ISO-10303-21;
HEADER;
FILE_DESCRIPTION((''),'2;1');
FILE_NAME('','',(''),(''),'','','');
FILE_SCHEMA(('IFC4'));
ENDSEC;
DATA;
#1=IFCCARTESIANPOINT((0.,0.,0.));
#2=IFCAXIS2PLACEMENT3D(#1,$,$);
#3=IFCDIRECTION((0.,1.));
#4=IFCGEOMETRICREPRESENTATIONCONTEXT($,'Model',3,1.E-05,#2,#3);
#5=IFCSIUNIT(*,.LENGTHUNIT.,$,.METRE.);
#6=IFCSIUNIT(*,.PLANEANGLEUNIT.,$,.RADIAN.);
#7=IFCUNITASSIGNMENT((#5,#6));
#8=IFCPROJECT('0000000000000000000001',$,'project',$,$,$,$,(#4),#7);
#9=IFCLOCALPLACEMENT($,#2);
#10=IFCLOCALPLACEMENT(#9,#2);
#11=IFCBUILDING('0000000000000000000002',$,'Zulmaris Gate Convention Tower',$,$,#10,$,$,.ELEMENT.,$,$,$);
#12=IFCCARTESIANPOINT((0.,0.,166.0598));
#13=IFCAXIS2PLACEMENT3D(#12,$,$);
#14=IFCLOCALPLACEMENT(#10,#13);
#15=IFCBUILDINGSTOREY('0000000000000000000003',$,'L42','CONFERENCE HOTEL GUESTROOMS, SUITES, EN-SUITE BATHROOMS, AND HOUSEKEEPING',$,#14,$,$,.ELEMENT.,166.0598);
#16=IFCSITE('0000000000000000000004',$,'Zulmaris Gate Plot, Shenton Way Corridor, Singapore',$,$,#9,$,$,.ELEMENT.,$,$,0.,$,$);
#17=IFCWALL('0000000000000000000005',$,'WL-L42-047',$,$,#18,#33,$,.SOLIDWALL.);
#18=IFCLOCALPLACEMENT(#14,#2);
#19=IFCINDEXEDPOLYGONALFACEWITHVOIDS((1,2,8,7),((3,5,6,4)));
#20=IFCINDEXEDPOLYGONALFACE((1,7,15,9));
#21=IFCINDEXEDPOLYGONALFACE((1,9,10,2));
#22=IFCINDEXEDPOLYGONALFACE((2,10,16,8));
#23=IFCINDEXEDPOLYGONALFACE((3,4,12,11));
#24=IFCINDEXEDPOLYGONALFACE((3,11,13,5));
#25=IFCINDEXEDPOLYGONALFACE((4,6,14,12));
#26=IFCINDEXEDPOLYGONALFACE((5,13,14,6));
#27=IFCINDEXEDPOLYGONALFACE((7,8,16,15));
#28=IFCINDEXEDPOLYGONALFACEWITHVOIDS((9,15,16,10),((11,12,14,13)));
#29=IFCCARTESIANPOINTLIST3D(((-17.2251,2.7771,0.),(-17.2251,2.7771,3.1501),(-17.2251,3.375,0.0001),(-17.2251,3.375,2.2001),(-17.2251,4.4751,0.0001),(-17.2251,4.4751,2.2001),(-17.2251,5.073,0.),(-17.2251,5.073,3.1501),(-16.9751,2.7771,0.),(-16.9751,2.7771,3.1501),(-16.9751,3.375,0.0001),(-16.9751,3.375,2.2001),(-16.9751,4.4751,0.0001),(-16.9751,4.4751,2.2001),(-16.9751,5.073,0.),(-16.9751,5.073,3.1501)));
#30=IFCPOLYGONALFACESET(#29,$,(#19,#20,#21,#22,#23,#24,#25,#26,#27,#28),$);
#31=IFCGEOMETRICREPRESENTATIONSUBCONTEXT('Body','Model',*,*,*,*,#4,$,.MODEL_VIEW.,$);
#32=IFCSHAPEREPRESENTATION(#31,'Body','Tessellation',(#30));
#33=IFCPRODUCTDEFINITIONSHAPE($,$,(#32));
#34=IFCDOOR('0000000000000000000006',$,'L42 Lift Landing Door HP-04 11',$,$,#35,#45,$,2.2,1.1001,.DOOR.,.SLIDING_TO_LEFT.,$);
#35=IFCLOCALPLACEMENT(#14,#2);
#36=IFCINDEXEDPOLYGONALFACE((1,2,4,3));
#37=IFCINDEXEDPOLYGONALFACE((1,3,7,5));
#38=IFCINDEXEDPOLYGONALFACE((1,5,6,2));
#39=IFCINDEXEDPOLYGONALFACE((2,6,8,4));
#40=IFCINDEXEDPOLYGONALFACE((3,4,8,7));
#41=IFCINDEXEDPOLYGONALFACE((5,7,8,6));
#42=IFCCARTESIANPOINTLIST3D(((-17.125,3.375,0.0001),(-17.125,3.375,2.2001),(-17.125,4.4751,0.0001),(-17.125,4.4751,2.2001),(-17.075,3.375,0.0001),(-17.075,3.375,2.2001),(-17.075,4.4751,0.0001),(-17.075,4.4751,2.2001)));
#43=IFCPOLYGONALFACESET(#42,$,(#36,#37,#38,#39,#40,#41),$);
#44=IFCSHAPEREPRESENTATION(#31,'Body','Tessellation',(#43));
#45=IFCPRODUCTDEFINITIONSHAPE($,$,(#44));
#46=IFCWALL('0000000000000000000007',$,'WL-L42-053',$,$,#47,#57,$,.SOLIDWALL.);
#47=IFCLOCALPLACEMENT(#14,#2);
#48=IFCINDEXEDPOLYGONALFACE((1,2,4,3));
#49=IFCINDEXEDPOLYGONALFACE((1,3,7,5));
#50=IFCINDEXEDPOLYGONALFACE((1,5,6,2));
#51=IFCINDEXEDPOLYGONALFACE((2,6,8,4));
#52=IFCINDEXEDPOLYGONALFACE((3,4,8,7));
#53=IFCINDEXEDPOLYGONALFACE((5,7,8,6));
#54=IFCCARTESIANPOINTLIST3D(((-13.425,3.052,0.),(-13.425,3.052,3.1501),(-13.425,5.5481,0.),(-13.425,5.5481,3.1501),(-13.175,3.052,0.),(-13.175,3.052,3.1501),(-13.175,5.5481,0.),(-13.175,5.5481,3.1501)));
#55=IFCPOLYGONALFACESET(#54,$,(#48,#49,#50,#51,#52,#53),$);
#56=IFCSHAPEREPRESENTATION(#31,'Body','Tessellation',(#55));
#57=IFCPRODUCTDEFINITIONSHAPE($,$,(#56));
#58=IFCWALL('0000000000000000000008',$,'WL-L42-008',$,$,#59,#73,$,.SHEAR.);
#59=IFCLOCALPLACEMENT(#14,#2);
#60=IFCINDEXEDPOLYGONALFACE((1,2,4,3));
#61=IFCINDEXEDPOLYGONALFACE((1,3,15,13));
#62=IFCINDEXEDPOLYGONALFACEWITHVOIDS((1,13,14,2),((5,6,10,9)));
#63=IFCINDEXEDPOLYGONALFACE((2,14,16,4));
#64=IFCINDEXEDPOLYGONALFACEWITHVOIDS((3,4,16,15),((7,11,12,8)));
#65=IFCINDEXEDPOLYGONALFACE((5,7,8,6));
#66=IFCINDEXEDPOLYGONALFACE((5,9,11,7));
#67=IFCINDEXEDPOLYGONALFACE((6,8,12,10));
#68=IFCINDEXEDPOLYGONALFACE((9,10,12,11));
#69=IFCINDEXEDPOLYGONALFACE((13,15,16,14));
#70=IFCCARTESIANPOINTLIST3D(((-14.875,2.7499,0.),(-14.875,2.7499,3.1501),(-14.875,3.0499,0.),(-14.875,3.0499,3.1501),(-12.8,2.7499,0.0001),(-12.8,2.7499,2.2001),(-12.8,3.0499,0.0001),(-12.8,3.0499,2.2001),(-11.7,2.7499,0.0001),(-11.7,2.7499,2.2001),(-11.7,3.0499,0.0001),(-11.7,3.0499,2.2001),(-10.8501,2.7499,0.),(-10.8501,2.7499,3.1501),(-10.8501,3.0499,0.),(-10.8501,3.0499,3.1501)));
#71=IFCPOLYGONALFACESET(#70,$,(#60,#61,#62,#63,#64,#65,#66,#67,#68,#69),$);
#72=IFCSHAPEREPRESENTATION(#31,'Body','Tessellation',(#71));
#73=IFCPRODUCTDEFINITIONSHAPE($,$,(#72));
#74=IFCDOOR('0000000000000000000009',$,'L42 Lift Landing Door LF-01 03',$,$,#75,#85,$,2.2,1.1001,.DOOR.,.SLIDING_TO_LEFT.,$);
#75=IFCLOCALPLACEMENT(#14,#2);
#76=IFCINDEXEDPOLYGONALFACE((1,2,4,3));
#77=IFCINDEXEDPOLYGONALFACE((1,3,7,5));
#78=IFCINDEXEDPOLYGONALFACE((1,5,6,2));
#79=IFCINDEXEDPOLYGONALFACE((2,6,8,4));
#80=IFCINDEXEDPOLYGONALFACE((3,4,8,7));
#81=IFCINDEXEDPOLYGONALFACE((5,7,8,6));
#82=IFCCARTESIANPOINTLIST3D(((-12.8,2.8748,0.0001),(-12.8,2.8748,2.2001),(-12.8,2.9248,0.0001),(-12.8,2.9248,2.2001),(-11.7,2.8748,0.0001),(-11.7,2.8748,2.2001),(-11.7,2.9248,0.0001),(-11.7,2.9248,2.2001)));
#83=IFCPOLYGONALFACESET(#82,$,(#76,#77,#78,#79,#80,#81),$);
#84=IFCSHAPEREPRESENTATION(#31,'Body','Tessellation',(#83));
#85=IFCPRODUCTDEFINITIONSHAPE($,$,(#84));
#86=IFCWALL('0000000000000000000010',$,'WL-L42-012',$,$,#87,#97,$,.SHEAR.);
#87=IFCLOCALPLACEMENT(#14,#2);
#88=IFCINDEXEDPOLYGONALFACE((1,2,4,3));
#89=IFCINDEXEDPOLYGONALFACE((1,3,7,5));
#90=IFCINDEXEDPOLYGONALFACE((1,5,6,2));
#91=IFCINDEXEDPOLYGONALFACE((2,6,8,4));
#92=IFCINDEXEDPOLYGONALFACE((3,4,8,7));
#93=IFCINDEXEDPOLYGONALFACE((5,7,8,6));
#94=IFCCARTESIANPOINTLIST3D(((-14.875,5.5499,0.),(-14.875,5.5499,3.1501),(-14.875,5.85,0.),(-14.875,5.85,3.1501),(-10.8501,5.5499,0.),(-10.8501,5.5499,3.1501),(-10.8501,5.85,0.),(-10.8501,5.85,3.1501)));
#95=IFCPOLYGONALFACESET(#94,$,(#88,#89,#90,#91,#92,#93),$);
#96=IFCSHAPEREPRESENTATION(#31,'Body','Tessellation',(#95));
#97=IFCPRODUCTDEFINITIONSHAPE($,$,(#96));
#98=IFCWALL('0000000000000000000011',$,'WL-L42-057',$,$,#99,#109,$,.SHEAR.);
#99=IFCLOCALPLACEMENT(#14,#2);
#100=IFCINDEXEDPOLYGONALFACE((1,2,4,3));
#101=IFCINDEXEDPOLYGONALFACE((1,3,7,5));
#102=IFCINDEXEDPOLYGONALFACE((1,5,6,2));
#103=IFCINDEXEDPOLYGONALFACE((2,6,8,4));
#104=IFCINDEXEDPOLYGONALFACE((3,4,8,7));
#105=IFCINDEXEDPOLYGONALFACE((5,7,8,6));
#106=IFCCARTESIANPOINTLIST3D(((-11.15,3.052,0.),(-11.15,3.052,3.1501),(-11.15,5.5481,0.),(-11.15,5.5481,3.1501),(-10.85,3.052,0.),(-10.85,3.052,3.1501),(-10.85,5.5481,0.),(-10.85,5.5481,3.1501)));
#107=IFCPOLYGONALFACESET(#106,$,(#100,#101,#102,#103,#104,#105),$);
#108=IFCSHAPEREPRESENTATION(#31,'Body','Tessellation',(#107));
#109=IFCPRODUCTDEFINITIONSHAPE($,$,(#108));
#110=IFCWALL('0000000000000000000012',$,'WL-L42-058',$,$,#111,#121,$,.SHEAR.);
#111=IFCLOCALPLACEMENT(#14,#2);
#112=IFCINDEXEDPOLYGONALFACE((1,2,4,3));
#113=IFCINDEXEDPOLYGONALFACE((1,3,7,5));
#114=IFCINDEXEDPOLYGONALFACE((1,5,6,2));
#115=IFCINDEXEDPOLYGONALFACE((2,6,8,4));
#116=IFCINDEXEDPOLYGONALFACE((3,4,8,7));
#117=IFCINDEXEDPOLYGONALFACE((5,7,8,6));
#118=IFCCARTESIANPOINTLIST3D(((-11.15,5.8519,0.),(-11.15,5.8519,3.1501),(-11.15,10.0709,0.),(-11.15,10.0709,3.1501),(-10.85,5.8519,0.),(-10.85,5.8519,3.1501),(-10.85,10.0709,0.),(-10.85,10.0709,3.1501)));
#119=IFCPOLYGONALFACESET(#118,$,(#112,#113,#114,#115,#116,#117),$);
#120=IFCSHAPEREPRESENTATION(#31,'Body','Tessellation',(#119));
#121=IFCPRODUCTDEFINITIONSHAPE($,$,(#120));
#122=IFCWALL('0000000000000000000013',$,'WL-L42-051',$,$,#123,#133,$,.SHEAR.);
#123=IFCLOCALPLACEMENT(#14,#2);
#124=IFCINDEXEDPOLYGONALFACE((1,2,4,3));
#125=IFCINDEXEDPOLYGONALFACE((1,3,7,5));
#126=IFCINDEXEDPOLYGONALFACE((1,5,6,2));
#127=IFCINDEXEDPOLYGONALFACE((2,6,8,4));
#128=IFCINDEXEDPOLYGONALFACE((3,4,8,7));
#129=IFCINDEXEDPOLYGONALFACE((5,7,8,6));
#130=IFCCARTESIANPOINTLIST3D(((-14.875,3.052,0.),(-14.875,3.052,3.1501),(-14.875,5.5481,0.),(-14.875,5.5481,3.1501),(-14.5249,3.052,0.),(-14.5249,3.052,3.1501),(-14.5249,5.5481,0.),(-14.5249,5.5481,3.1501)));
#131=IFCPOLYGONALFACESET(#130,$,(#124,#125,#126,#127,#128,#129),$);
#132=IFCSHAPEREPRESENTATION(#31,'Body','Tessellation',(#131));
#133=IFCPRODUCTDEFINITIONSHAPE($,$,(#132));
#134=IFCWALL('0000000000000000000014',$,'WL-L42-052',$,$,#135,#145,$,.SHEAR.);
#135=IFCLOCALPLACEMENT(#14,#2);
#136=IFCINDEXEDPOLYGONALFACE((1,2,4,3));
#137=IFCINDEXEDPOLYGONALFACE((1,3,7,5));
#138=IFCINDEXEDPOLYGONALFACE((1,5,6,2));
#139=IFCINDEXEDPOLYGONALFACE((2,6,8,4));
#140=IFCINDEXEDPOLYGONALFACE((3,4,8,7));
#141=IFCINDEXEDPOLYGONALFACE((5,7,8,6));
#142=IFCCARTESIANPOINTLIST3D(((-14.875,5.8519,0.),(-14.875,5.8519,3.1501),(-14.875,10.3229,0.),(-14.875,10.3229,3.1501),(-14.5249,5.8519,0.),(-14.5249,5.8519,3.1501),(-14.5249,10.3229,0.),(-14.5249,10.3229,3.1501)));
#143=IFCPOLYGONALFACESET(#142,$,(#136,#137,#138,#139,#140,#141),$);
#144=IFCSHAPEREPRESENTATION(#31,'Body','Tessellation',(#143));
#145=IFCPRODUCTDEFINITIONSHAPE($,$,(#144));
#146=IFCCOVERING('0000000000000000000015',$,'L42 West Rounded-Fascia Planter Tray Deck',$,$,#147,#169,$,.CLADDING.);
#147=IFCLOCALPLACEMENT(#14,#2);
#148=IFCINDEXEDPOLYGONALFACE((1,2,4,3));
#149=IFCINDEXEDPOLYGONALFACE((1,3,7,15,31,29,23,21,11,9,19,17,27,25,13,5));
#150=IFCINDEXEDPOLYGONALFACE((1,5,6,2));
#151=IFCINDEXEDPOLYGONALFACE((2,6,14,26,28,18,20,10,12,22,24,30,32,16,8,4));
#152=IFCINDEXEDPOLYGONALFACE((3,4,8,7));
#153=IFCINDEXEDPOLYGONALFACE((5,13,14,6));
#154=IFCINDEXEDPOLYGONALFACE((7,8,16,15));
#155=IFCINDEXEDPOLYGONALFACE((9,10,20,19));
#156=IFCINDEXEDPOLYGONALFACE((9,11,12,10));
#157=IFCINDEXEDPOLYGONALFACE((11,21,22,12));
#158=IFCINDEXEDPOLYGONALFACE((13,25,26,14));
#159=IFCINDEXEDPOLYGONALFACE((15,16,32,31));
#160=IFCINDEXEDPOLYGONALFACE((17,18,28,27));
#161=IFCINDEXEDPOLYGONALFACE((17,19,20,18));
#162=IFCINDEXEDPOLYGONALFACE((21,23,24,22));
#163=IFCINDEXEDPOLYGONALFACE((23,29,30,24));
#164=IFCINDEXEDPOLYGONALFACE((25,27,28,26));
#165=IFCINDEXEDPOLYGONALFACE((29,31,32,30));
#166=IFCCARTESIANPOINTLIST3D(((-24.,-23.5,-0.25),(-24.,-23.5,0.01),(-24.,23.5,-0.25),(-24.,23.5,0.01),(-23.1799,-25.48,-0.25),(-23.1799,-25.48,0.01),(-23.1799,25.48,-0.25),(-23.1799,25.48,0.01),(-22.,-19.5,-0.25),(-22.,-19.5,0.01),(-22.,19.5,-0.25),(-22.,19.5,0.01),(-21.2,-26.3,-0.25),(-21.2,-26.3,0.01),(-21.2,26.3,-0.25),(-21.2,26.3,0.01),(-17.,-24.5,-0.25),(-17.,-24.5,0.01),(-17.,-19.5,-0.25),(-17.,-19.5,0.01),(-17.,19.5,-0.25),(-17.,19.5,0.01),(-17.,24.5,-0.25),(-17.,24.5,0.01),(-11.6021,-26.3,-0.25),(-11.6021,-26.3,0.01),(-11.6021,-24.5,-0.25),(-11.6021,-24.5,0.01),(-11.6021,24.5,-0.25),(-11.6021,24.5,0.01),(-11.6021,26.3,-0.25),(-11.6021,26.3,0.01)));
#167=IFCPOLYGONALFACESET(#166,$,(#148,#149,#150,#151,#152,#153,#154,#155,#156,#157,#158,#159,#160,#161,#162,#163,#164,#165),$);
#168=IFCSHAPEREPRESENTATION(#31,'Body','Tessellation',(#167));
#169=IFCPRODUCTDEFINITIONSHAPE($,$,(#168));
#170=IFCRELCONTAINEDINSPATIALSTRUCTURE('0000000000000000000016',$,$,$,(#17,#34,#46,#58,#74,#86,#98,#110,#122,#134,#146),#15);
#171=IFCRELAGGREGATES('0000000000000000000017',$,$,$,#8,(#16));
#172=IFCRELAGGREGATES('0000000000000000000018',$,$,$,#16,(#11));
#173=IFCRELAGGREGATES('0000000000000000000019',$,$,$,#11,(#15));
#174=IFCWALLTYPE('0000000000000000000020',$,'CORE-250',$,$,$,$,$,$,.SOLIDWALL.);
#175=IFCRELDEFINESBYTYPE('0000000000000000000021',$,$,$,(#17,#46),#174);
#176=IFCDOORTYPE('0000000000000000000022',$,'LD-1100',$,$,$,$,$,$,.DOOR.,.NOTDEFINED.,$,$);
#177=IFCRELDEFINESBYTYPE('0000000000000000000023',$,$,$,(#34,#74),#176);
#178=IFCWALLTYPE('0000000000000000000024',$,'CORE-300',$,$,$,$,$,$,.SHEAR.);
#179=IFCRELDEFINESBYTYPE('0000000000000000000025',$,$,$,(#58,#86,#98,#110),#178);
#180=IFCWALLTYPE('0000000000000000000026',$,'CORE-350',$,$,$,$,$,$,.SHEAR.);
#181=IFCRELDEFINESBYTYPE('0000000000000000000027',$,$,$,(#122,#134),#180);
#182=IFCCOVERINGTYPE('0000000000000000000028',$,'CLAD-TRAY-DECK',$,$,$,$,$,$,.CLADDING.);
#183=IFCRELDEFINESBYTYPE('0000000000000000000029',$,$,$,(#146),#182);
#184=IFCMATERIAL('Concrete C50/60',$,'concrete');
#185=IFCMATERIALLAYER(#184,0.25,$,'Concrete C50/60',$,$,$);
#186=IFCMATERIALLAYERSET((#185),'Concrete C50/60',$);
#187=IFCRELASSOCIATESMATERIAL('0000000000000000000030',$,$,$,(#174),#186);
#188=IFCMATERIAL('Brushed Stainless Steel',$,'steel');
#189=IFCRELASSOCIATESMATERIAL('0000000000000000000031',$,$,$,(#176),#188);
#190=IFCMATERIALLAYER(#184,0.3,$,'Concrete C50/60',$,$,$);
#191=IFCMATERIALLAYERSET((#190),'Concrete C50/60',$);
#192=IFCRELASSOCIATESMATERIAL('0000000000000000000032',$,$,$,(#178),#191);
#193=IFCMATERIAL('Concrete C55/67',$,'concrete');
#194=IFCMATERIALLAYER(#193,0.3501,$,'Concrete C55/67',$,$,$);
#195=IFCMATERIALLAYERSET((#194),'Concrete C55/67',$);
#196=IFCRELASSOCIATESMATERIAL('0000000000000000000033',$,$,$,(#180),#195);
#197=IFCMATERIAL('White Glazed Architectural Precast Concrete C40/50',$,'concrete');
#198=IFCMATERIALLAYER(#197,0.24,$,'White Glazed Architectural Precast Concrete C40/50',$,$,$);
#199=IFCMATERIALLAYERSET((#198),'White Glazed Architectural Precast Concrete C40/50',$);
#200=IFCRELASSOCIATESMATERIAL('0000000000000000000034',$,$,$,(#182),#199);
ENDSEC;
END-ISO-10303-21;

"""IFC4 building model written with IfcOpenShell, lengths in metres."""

from ifc_helpers import new_model, si_unit, direction, frame, frame_2d, origin, place, context, subcontext, project, spatial, polyline, rectangle, outline, extrude, material, layer, layer_set, type_object, element, fill, save


model = new_model("IFC4")

# Units and contexts
model_context = context("Model", 3, precision=1e-05, world=origin(), true_north=direction((0.0, 1.0)))
body_context = subcontext(model_context, "Body", "Model", "MODEL_VIEW")
ifc_project = project(units=[si_unit("LENGTHUNIT", "METRE"), si_unit("PLANEANGLEUNIT", "RADIAN")], contexts=[model_context])

# Site, building, storey
site_placement = place(None, origin())
site = spatial("IfcSite", under=ifc_project, at=site_placement, Name="Zulmaris Gate Plot, Shenton Way Corridor, Singapore", CompositionType="ELEMENT", RefElevation=0.0)
building_placement = place(site_placement, origin())
building = spatial("IfcBuilding", under=site, at=building_placement, Name="Zulmaris Gate Convention Tower", CompositionType="ELEMENT")
storey_placement = place(building_placement, frame((0.0, 0.0, 166.0598)))
storey = spatial("IfcBuildingStorey", under=building, at=storey_placement, Name="L42", Description="CONFERENCE HOTEL GUESTROOMS, SUITES, EN-SUITE BATHROOMS, AND HOUSEKEEPING", CompositionType="ELEMENT", Elevation=166.0598)

# Shared definitions
ifc_material_1 = material(Name="Concrete C50/60", Category="concrete")

# Wall, opening, door
ifc_layer_1 = layer(ifc_material_1, 0.25, Name="Concrete C50/60")
ifc_layer_set_1 = layer_set([ifc_layer_1], Name="Concrete C50/60")
wall_type_1 = type_object("IfcWallType", Name="CORE-250", PredefinedType="SOLIDWALL", material=ifc_layer_set_1)
wall_1_placement = place(storey_placement, frame((-17.1001, 2.7771, 0.0), z_axis=(0.0, 0.0, 1.0), x_axis=(0.0, 1.0, 0.0)))
wall_1 = element("IfcWall", 1, at=wall_1_placement, inside=storey, type_object=wall_type_1, Name="WL-L42-047", PredefinedType="SOLIDWALL", context=body_context, shape_type="SweptSolid", body=[
    extrude(rectangle(XDim=2.2959, YDim=0.25, at=frame_2d((1.1479, 0.0))), origin(), (0.0, 0.0, 1.0), 3.1501),
])
opening_1_placement = place(wall_1_placement, frame((0.5979, 0.0, 0.0)))
opening_1 = element("IfcOpeningElement", 2, at=opening_1_placement, cuts=wall_1, PredefinedType="OPENING", context=body_context, shape_type="SweptSolid", body=[
    extrude(rectangle(XDim=1.1001, YDim=2.2, at=frame_2d((0.55, 1.1001))), frame((0.0, 0.135, 0.0), z_axis=(0.0, -1.0, 0.0), x_axis=(1.0, 0.0, 0.0)), (0.0, 0.0, 1.0), 0.27),
])
ifc_material_2 = material(Name="Brushed Stainless Steel", Category="steel")
door_type_1 = type_object("IfcDoorType", Name="LD-1100", OperationType="NOTDEFINED", PredefinedType="DOOR", material=ifc_material_2)
door_1_placement = place(opening_1_placement, origin())
door_1 = element("IfcDoor", 3, at=door_1_placement, inside=storey, type_object=door_type_1, Name="L42 Lift Landing Door HP-04 11", OperationType="SLIDING_TO_LEFT", OverallHeight=2.2, OverallWidth=1.1001, PredefinedType="DOOR", context=body_context, shape_type="SweptSolid", body=[
    extrude(rectangle(XDim=1.1001, YDim=2.2, at=frame_2d((0.55, 1.1001))), frame((0.0, 0.0249, 0.0), z_axis=(0.0, -1.0, 0.0), x_axis=(1.0, 0.0, 0.0)), (0.0, 0.0, 1.0), 0.05),
])
fill(opening_1, door_1)

# Wall
wall_2_placement = place(storey_placement, frame((-13.3, 3.052, 0.0), z_axis=(0.0, 0.0, 1.0), x_axis=(0.0, 1.0, 0.0)))
element("IfcWall", 4, at=wall_2_placement, inside=storey, type_object=wall_type_1, Name="WL-L42-053", PredefinedType="SOLIDWALL", context=body_context, shape_type="SweptSolid", body=[
    extrude(rectangle(XDim=2.4961, YDim=0.25, at=frame_2d((1.248, 0.0))), origin(), (0.0, 0.0, 1.0), 3.1501),
])

# Wall, opening, door
ifc_layer_2 = layer(ifc_material_1, 0.3, Name="Concrete C50/60")
ifc_layer_set_2 = layer_set([ifc_layer_2], Name="Concrete C50/60")
wall_type_2 = type_object("IfcWallType", Name="CORE-300", PredefinedType="SHEAR", material=ifc_layer_set_2)
wall_3_placement = place(storey_placement, frame((-14.875, 2.8999, 0.0), z_axis=(0.0, 0.0, 1.0), x_axis=(1.0, 0.0, 0.0)))
wall_3 = element("IfcWall", 5, at=wall_3_placement, inside=storey, type_object=wall_type_2, Name="WL-L42-008", PredefinedType="SHEAR", context=body_context, shape_type="SweptSolid", body=[
    extrude(rectangle(XDim=4.0249, YDim=0.3, at=frame_2d((2.0125, 0.0))), origin(), (0.0, 0.0, 1.0), 3.1501),
])
opening_2_placement = place(wall_3_placement, frame((2.075, 0.0, 0.0)))
opening_2 = element("IfcOpeningElement", 6, at=opening_2_placement, cuts=wall_3, PredefinedType="OPENING", context=body_context, shape_type="SweptSolid", body=[
    extrude(rectangle(XDim=1.1001, YDim=2.2, at=frame_2d((0.55, 1.1001))), frame((0.0, 0.1602, 0.0), z_axis=(0.0, -1.0, 0.0), x_axis=(1.0, 0.0, 0.0)), (0.0, 0.0, 1.0), 0.3201),
])
door_2_placement = place(opening_2_placement, origin())
door_2 = element("IfcDoor", 7, at=door_2_placement, inside=storey, type_object=door_type_1, Name="L42 Lift Landing Door LF-01 03", OperationType="SLIDING_TO_LEFT", OverallHeight=2.2, OverallWidth=1.1001, PredefinedType="DOOR", context=body_context, shape_type="SweptSolid", body=[
    extrude(rectangle(XDim=1.1001, YDim=2.2, at=frame_2d((0.55, 1.1001))), frame((0.0, 0.0249, 0.0), z_axis=(0.0, -1.0, 0.0), x_axis=(1.0, 0.0, 0.0)), (0.0, 0.0, 1.0), 0.05),
])
fill(opening_2, door_2)

# Wall
wall_4_placement = place(storey_placement, frame((-14.875, 5.7, 0.0), z_axis=(0.0, 0.0, 1.0), x_axis=(1.0, 0.0, 0.0)))
element("IfcWall", 8, at=wall_4_placement, inside=storey, type_object=wall_type_2, Name="WL-L42-012", PredefinedType="SHEAR", context=body_context, shape_type="SweptSolid", body=[
    extrude(rectangle(XDim=4.0249, YDim=0.3, at=frame_2d((2.0125, 0.0))), origin(), (0.0, 0.0, 1.0), 3.1501),
])

# Walls
wall_5_placement = place(storey_placement, frame((-11.0, 3.052, 0.0), z_axis=(0.0, 0.0, 1.0), x_axis=(0.0, 1.0, 0.0)))
element("IfcWall", 9, at=wall_5_placement, inside=storey, type_object=wall_type_2, Name="WL-L42-057", PredefinedType="SHEAR", context=body_context, shape_type="SweptSolid", body=[
    extrude(rectangle(XDim=2.4961, YDim=0.3, at=frame_2d((1.248, 0.0))), origin(), (0.0, 0.0, 1.0), 3.1501),
])
wall_6_placement = place(storey_placement, frame((-11.0, 5.8521, 0.0), z_axis=(0.0, 0.0, 1.0), x_axis=(0.0, 1.0, 0.0)))
element("IfcWall", 10, at=wall_6_placement, inside=storey, type_object=wall_type_2, Name="WL-L42-058", PredefinedType="SHEAR", context=body_context, shape_type="SweptSolid", body=[
    extrude(rectangle(XDim=4.219, YDim=0.3, at=frame_2d((2.1094, 0.0))), origin(), (0.0, 0.0, 1.0), 3.1501),
])

# Shared definitions
ifc_material_3 = material(Name="Concrete C55/67", Category="concrete")
ifc_layer_3 = layer(ifc_material_3, 0.3501, Name="Concrete C55/67")
ifc_layer_set_3 = layer_set([ifc_layer_3], Name="Concrete C55/67")
wall_type_3 = type_object("IfcWallType", Name="CORE-350", PredefinedType="SHEAR", material=ifc_layer_set_3)

# Walls
wall_7_placement = place(storey_placement, frame((-14.7, 3.052, 0.0), z_axis=(0.0, 0.0, 1.0), x_axis=(0.0, 1.0, 0.0)))
element("IfcWall", 11, at=wall_7_placement, inside=storey, type_object=wall_type_3, Name="WL-L42-051", PredefinedType="SHEAR", context=body_context, shape_type="SweptSolid", body=[
    extrude(rectangle(XDim=2.4961, YDim=0.3501, at=frame_2d((1.248, 0.0))), origin(), (0.0, 0.0, 1.0), 3.1501),
])
wall_8_placement = place(storey_placement, frame((-14.7, 5.8521, 0.0), z_axis=(0.0, 0.0, 1.0), x_axis=(0.0, 1.0, 0.0)))
element("IfcWall", 12, at=wall_8_placement, inside=storey, type_object=wall_type_3, Name="WL-L42-052", PredefinedType="SHEAR", context=body_context, shape_type="SweptSolid", body=[
    extrude(rectangle(XDim=4.4709, YDim=0.3501, at=frame_2d((2.2354, 0.0))), origin(), (0.0, 0.0, 1.0), 3.1501),
])

# Covering
ifc_material_4 = material(Name="White Glazed Architectural Precast Concrete C40/50", Category="concrete")
ifc_layer_4 = layer(ifc_material_4, 0.24, Name="White Glazed Architectural Precast Concrete C40/50")
ifc_layer_set_4 = layer_set([ifc_layer_4], Name="White Glazed Architectural Precast Concrete C40/50")
covering_type = type_object("IfcCoveringType", Name="CLAD-TRAY-DECK", PredefinedType="CLADDING", material=ifc_layer_set_4)
covering_1_placement = place(storey_placement, frame((0.0, 0.0, -0.25)))
element("IfcCovering", 13, at=covering_1_placement, inside=storey, type_object=covering_type, Name="L42 West Rounded-Fascia Planter Tray Deck", PredefinedType="CLADDING", context=body_context, shape_type="SweptSolid", body=[
    extrude(outline(polyline([(-24.0, 23.5), (-23.1799, 25.48), (-21.2, 26.3), (-11.6021, 26.3), (-11.6021, 24.5), (-17.0, 24.5), (-17.0, 19.5), (-22.0, 19.5), (-22.0, -19.5), (-17.0, -19.5), (-17.0, -24.5), (-11.6021, -24.5), (-11.6021, -26.3), (-21.2, -26.3), (-23.1799, -25.48), (-24.0, -23.5), (-24.0, 23.5)])), origin(), (0.0, 0.0, 1.0), 0.26),
])

save(model, "model.ifc")
